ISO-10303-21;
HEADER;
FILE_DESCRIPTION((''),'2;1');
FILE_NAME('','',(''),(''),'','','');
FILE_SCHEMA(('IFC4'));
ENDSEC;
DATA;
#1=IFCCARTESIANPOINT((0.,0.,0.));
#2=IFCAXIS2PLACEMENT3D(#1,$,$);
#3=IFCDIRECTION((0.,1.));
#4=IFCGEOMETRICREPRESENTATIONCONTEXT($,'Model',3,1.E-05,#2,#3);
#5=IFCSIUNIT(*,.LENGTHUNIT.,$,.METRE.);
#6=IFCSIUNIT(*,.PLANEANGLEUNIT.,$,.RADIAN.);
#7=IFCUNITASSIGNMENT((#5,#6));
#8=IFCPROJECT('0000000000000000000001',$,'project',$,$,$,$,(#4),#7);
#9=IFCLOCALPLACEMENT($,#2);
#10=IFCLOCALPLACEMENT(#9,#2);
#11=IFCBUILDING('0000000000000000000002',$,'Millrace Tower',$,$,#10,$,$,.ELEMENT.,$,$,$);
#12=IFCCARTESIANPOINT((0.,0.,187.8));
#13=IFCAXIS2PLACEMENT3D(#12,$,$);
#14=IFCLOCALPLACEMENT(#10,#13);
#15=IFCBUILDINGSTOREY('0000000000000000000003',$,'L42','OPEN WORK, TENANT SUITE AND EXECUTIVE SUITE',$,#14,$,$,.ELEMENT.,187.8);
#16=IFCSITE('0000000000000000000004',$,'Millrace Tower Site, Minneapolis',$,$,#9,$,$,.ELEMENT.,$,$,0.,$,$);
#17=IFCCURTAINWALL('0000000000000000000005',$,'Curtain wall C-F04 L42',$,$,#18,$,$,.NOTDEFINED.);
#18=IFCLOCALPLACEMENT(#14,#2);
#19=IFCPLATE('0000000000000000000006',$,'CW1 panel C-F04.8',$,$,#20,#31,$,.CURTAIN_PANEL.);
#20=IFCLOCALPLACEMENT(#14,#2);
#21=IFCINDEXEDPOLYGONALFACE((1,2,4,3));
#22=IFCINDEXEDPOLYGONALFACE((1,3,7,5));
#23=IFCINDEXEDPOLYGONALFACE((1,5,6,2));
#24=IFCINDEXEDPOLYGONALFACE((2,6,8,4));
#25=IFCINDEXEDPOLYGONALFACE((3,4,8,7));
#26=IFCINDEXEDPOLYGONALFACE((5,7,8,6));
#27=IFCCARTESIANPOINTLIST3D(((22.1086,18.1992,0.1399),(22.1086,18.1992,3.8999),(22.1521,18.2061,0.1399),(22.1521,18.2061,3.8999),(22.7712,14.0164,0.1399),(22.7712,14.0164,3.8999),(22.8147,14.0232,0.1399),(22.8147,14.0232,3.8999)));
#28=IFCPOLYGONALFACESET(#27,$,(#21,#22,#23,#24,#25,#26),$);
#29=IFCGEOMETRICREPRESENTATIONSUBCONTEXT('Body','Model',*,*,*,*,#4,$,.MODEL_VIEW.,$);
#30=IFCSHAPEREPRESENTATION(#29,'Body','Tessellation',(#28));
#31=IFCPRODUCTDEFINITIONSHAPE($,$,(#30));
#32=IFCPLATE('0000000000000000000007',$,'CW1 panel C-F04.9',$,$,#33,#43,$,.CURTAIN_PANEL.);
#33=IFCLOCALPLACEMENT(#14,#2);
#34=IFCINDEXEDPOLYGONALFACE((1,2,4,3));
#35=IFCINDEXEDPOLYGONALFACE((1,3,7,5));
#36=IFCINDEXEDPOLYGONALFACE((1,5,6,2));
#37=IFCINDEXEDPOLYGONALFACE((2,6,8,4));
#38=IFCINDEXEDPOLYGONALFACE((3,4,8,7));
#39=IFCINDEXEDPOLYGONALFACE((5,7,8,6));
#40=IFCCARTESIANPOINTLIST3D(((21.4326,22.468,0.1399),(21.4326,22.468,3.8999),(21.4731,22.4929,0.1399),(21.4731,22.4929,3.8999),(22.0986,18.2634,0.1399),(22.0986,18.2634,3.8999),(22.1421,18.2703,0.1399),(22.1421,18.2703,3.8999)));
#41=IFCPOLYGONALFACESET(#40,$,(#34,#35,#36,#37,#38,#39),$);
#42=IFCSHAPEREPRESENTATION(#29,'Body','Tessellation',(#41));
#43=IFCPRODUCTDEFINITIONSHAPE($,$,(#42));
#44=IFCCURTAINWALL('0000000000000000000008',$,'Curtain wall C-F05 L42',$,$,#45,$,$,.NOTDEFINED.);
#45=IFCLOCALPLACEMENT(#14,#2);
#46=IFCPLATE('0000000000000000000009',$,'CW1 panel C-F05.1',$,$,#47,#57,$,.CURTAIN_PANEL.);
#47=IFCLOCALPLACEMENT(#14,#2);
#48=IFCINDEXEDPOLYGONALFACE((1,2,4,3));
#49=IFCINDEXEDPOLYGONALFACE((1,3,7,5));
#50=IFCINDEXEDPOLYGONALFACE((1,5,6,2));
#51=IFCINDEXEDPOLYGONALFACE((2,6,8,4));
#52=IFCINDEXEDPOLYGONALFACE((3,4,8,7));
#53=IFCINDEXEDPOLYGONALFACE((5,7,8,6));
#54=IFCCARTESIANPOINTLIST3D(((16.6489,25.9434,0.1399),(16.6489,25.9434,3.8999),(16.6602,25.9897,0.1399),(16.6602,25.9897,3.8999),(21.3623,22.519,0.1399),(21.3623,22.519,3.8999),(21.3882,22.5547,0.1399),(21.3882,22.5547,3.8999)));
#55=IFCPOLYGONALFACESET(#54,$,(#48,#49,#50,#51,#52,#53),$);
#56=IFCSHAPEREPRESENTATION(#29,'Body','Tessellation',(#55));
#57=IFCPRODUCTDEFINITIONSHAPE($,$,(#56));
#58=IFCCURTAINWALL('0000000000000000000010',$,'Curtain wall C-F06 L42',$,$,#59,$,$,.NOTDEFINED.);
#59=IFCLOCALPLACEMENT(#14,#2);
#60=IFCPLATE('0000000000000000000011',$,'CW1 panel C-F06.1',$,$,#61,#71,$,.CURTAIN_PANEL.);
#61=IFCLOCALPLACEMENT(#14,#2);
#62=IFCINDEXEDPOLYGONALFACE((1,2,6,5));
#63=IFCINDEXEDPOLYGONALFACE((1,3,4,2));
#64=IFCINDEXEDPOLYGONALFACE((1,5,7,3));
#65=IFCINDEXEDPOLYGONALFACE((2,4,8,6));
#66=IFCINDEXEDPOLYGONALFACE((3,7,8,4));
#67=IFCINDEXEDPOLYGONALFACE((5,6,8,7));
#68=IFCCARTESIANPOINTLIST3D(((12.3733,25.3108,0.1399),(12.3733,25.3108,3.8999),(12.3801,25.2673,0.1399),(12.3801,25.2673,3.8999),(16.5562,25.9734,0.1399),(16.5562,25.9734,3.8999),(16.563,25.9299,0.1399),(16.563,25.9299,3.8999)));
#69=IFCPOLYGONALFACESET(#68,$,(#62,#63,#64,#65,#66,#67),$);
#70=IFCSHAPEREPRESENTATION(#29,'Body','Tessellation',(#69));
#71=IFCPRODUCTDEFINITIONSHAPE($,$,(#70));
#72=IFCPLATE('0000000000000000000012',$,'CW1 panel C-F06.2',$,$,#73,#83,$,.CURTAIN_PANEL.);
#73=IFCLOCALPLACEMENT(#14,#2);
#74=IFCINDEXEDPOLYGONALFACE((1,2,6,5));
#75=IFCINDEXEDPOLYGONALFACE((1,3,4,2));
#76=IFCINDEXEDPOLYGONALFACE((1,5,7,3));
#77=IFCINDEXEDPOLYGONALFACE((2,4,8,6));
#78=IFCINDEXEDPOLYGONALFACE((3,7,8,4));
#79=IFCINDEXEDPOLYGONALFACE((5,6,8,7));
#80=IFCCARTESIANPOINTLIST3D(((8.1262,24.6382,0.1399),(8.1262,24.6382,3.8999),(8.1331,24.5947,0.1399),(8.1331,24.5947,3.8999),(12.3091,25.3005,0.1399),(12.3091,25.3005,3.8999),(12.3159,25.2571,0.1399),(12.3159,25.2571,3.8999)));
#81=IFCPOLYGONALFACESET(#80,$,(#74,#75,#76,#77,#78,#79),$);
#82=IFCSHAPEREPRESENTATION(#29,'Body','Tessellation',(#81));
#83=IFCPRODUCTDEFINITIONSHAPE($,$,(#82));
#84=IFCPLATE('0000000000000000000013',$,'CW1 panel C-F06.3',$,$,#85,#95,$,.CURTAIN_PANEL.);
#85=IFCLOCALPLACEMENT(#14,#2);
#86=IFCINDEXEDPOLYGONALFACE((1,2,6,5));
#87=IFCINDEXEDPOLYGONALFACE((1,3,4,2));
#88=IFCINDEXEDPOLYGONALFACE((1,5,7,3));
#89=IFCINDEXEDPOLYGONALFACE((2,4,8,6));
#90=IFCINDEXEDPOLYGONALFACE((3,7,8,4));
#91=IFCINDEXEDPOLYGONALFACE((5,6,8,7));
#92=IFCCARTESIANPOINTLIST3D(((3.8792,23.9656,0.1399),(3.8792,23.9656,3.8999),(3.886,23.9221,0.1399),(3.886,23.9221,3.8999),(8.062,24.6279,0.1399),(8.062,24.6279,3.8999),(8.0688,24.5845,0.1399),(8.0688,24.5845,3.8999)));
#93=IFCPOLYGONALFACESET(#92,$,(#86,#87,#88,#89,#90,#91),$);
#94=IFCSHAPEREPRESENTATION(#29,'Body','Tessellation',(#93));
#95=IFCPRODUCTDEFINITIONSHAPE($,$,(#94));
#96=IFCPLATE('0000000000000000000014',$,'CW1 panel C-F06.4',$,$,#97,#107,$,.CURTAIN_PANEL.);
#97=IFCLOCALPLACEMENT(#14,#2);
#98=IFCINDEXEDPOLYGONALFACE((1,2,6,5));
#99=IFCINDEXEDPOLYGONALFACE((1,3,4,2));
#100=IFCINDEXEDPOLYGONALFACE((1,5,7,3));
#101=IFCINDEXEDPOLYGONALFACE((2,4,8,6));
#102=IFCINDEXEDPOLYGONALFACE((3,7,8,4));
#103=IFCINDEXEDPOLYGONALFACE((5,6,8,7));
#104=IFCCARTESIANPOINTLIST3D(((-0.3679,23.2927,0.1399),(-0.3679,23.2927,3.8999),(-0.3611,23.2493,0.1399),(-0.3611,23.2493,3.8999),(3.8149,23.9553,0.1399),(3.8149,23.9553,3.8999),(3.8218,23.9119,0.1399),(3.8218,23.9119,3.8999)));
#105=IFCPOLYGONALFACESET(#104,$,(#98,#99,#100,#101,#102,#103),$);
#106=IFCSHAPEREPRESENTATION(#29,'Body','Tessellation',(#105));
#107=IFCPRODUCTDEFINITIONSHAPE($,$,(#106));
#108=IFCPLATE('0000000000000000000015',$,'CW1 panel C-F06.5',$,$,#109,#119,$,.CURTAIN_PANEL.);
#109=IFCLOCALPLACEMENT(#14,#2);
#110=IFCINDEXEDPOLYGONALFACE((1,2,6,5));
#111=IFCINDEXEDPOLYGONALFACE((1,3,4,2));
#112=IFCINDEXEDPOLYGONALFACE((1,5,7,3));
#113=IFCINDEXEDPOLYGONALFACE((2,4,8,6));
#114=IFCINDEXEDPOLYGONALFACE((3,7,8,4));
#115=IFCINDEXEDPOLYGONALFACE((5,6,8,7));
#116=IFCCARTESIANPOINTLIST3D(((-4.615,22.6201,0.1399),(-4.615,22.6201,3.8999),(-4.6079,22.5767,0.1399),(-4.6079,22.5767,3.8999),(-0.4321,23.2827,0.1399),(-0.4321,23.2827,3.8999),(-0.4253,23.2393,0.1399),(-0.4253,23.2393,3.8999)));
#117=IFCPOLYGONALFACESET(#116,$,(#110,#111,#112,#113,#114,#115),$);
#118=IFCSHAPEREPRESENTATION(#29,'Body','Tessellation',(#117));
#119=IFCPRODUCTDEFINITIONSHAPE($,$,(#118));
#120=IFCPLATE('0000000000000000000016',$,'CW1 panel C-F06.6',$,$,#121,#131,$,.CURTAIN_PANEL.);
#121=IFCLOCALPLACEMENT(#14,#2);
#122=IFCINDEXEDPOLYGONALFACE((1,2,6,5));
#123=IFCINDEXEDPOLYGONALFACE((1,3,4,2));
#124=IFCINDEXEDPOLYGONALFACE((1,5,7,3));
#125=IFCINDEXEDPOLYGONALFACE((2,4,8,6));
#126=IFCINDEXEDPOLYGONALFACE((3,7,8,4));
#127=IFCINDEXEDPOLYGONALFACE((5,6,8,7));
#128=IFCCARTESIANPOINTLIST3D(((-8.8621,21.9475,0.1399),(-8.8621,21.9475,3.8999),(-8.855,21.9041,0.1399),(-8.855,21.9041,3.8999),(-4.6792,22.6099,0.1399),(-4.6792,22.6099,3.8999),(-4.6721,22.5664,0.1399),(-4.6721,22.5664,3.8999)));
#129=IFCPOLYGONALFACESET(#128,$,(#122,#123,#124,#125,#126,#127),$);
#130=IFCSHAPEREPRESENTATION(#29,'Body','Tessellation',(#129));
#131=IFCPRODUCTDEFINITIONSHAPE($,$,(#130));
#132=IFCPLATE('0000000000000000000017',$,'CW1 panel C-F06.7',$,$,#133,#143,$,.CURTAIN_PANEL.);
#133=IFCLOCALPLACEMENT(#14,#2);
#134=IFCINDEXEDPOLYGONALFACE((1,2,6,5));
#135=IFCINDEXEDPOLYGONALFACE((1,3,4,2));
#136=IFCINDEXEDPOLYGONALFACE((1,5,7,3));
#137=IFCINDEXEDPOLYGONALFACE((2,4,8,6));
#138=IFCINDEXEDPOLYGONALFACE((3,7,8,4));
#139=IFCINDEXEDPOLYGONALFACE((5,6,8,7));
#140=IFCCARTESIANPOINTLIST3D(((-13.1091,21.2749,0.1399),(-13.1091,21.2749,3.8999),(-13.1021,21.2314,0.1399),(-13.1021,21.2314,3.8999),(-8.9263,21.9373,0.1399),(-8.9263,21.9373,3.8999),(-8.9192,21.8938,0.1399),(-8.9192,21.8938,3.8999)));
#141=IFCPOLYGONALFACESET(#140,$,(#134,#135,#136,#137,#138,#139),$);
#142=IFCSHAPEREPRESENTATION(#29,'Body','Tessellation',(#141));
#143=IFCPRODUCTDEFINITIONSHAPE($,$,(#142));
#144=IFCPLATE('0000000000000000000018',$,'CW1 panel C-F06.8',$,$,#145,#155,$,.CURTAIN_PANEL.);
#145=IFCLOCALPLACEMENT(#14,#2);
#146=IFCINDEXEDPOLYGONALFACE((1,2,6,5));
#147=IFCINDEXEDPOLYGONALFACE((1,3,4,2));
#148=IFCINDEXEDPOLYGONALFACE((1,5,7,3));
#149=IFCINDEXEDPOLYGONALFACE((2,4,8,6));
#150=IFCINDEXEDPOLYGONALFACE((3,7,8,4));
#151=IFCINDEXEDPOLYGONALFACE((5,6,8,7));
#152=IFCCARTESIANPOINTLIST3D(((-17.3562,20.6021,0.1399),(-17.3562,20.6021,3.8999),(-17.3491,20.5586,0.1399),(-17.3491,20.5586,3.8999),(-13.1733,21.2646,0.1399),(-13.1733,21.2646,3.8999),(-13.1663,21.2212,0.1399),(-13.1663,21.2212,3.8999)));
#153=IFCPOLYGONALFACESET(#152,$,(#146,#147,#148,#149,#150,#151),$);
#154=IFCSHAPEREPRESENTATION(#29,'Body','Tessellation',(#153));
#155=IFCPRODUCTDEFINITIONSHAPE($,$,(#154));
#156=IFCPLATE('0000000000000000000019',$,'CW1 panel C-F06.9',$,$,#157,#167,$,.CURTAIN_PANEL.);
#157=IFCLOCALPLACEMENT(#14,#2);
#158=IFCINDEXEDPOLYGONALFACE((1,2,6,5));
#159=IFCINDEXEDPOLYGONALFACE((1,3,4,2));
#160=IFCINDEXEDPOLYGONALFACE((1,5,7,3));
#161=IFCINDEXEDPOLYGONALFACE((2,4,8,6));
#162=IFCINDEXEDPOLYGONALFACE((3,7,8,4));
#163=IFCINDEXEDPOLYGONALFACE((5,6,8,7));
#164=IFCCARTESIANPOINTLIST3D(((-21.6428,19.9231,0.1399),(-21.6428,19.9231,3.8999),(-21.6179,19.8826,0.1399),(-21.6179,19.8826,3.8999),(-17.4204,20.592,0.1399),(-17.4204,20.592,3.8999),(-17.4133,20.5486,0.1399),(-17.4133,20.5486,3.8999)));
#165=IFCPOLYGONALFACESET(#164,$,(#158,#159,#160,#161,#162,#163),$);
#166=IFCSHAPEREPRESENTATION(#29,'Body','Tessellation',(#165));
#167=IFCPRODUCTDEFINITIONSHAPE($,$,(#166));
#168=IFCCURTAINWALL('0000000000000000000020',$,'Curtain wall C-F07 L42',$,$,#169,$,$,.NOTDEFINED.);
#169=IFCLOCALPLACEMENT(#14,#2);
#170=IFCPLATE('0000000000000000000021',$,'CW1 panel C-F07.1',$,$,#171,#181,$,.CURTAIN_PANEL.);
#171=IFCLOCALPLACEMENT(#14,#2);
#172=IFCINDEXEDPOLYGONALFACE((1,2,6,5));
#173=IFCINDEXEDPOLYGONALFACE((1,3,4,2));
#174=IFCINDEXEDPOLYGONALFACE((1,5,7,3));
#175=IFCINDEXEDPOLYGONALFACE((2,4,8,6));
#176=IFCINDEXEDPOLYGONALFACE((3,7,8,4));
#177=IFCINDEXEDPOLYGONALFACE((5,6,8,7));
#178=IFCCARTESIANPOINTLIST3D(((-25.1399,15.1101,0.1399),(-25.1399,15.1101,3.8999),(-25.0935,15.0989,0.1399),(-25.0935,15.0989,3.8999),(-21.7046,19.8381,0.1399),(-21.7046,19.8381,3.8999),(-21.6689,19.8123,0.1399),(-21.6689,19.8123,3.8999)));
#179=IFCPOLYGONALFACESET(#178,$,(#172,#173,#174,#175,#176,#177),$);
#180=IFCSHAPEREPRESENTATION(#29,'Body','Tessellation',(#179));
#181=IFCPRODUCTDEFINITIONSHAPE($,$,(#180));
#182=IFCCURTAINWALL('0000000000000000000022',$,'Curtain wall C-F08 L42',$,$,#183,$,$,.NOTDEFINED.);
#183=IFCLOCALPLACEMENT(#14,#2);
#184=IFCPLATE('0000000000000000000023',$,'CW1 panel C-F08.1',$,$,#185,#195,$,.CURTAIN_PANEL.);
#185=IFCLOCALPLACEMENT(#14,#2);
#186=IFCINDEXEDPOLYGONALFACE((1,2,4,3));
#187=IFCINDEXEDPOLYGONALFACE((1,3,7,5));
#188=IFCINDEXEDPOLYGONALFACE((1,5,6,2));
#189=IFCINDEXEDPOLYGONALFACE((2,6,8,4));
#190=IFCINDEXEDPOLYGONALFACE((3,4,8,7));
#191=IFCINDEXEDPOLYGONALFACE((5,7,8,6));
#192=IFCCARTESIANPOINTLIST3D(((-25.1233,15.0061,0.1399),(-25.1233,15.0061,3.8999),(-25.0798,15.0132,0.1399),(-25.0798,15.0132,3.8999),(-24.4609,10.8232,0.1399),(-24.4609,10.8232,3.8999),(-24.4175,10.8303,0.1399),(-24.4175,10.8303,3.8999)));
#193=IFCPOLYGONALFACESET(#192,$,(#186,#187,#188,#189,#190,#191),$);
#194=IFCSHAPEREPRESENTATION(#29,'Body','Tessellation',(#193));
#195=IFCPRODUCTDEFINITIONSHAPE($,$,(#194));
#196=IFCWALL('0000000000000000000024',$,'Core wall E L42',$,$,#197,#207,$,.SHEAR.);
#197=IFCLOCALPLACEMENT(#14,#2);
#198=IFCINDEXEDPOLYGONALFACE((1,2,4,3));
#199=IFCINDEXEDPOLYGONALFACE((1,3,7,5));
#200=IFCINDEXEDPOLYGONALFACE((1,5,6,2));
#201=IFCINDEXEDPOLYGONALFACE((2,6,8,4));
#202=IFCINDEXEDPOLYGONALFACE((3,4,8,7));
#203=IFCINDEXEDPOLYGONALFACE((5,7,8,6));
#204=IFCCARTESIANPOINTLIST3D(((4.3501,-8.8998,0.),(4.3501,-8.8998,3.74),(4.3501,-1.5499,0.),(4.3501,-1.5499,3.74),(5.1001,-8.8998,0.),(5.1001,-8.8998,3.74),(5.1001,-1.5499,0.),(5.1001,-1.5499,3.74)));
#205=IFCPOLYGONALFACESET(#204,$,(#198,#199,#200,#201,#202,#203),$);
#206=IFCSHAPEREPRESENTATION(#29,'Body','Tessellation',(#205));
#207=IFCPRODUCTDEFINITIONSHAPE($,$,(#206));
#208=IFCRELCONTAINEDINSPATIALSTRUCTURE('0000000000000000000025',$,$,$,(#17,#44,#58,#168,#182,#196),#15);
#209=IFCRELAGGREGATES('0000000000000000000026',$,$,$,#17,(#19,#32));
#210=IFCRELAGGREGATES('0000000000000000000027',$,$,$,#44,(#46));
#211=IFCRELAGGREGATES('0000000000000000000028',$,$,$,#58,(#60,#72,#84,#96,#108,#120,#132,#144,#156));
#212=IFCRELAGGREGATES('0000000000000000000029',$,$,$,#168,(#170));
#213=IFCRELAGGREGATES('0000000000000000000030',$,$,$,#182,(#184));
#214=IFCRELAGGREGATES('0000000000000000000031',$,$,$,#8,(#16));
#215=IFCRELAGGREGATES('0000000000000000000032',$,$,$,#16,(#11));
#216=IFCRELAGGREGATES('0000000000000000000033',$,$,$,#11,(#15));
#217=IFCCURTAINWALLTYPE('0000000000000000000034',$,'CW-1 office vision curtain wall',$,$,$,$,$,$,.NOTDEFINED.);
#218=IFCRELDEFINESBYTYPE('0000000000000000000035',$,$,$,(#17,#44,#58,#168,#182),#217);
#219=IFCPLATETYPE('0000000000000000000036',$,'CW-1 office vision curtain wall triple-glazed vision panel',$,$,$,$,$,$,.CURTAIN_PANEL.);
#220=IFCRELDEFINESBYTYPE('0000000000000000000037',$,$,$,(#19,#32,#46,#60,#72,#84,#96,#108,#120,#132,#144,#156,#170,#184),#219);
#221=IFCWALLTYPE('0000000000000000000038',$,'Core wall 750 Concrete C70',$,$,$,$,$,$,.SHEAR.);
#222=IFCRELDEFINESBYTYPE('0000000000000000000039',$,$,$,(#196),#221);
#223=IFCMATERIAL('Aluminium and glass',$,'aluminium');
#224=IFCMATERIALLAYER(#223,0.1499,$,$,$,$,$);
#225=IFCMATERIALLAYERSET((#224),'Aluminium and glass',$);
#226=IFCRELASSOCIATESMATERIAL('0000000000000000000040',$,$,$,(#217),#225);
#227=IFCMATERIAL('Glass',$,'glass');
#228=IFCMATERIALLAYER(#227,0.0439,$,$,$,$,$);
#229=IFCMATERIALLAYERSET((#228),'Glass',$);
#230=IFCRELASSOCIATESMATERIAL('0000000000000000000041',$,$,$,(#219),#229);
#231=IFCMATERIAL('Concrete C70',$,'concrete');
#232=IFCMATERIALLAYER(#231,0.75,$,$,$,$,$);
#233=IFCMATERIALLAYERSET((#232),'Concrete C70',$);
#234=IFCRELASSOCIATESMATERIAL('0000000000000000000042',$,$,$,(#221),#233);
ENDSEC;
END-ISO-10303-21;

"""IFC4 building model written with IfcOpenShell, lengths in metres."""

from ifc_helpers import new_model, si_unit, direction, frame, frame_2d, origin, place, context, subcontext, project, spatial, polyline, rectangle, outline, extrude, material, layer, layer_set, type_object, element, aggregate, save


model = new_model("IFC4")

# Units and contexts
model_context = context("Model", 3, precision=1e-05, world=origin(), true_north=direction((0.0, 1.0)))
body_context = subcontext(model_context, "Body", "Model", "MODEL_VIEW")
ifc_project = project(units=[si_unit("LENGTHUNIT", "METRE"), si_unit("PLANEANGLEUNIT", "RADIAN")], contexts=[model_context])

# Site, building, storey
site_placement = place(None, origin())
site = spatial("IfcSite", under=ifc_project, at=site_placement, Name="Millrace Tower Site, Minneapolis", CompositionType="ELEMENT", RefElevation=0.0)
building_placement = place(site_placement, origin())
building = spatial("IfcBuilding", under=site, at=building_placement, Name="Millrace Tower", CompositionType="ELEMENT")
storey_placement = place(building_placement, frame((0.0, 0.0, 187.8)))
storey = spatial("IfcBuildingStorey", under=building, at=storey_placement, Name="L42", Description="OPEN WORK, TENANT SUITE AND EXECUTIVE SUITE", CompositionType="ELEMENT", Elevation=187.8)

# Curtain wall, plates
ifc_material_1 = material(Name="Aluminium and glass", Category="aluminium")
ifc_layer_1 = layer(ifc_material_1, 0.1499)
ifc_layer_set_1 = layer_set([ifc_layer_1], Name="Aluminium and glass")
curtain_wall_type = type_object("IfcCurtainWallType", Name="CW-1 office vision curtain wall", PredefinedType="NOTDEFINED", material=ifc_layer_set_1)
placement_1 = place(storey_placement, origin())
curtain_wall_1 = element("IfcCurtainWall", 1, at=placement_1, inside=storey, type_object=curtain_wall_type, Name="Curtain wall C-F04 L42", PredefinedType="NOTDEFINED")
ifc_material_2 = material(Name="Glass", Category="glass")
ifc_layer_2 = layer(ifc_material_2, 0.0439)
ifc_layer_set_2 = layer_set([ifc_layer_2], Name="Glass")
plate_type = type_object("IfcPlateType", Name="CW-1 office vision curtain wall triple-glazed vision panel", PredefinedType="CURTAIN_PANEL", material=ifc_layer_set_2)
placement_2 = place(storey_placement, frame((0.0, 0.0, 0.1399)))
plate_1 = element("IfcPlate", 2, at=placement_2, type_object=plate_type, Name="CW1 panel C-F04.8", PredefinedType="CURTAIN_PANEL", context=body_context, shape_type="SweptSolid", body=[
    extrude(outline(polyline([(22.8147, 14.0232), (22.1521, 18.2061), (22.1086, 18.1992), (22.7712, 14.0164), (22.8147, 14.0232)])), origin(), (0.0, 0.0, 1.0), 3.76),
])
plate_2 = element("IfcPlate", 3, at=placement_2, type_object=plate_type, Name="CW1 panel C-F04.9", PredefinedType="CURTAIN_PANEL", context=body_context, shape_type="SweptSolid", body=[
    extrude(outline(polyline([(22.1421, 18.2703), (21.4731, 22.4929), (21.4326, 22.468), (22.0986, 18.2634), (22.1421, 18.2703)])), origin(), (0.0, 0.0, 1.0), 3.76),
])
aggregate(curtain_wall_1, [plate_1, plate_2])

# Curtain wall, plate
curtain_wall_2 = element("IfcCurtainWall", 4, at=placement_1, inside=storey, type_object=curtain_wall_type, Name="Curtain wall C-F05 L42", PredefinedType="NOTDEFINED")
plate_3 = element("IfcPlate", 5, at=placement_2, type_object=plate_type, Name="CW1 panel C-F05.1", PredefinedType="CURTAIN_PANEL", context=body_context, shape_type="SweptSolid", body=[
    extrude(outline(polyline([(21.3882, 22.5547), (16.6602, 25.9897), (16.6489, 25.9434), (21.3623, 22.519), (21.3882, 22.5547)])), origin(), (0.0, 0.0, 1.0), 3.76),
])
aggregate(curtain_wall_2, [plate_3])

# Curtain wall, plates
curtain_wall_3 = element("IfcCurtainWall", 6, at=placement_1, inside=storey, type_object=curtain_wall_type, Name="Curtain wall C-F06 L42", PredefinedType="NOTDEFINED")
plate_4 = element("IfcPlate", 7, at=placement_2, type_object=plate_type, Name="CW1 panel C-F06.1", PredefinedType="CURTAIN_PANEL", context=body_context, shape_type="SweptSolid", body=[
    extrude(outline(polyline([(16.5562, 25.9734), (12.3733, 25.3108), (12.3801, 25.2673), (16.563, 25.9299), (16.5562, 25.9734)])), origin(), (0.0, 0.0, 1.0), 3.76),
])
plate_5 = element("IfcPlate", 8, at=placement_2, type_object=plate_type, Name="CW1 panel C-F06.2", PredefinedType="CURTAIN_PANEL", context=body_context, shape_type="SweptSolid", body=[
    extrude(outline(polyline([(12.3091, 25.3005), (8.1262, 24.6382), (8.1331, 24.5947), (12.3159, 25.2571), (12.3091, 25.3005)])), origin(), (0.0, 0.0, 1.0), 3.76),
])
plate_6 = element("IfcPlate", 9, at=placement_2, type_object=plate_type, Name="CW1 panel C-F06.3", PredefinedType="CURTAIN_PANEL", context=body_context, shape_type="SweptSolid", body=[
    extrude(outline(polyline([(8.062, 24.6279), (3.8792, 23.9656), (3.886, 23.9221), (8.0688, 24.5845), (8.062, 24.6279)])), origin(), (0.0, 0.0, 1.0), 3.76),
])
plate_7 = element("IfcPlate", 10, at=placement_2, type_object=plate_type, Name="CW1 panel C-F06.4", PredefinedType="CURTAIN_PANEL", context=body_context, shape_type="SweptSolid", body=[
    extrude(outline(polyline([(3.8149, 23.9553), (-0.3679, 23.2927), (-0.3611, 23.2493), (3.8218, 23.9119), (3.8149, 23.9553)])), origin(), (0.0, 0.0, 1.0), 3.76),
])
plate_8 = element("IfcPlate", 11, at=placement_2, type_object=plate_type, Name="CW1 panel C-F06.5", PredefinedType="CURTAIN_PANEL", context=body_context, shape_type="SweptSolid", body=[
    extrude(outline(polyline([(-0.4321, 23.2827), (-4.615, 22.6201), (-4.6079, 22.5767), (-0.4253, 23.2393), (-0.4321, 23.2827)])), origin(), (0.0, 0.0, 1.0), 3.76),
])
plate_9 = element("IfcPlate", 12, at=placement_2, type_object=plate_type, Name="CW1 panel C-F06.6", PredefinedType="CURTAIN_PANEL", context=body_context, shape_type="SweptSolid", body=[
    extrude(outline(polyline([(-4.6792, 22.6099), (-8.8621, 21.9475), (-8.855, 21.9041), (-4.6721, 22.5664), (-4.6792, 22.6099)])), origin(), (0.0, 0.0, 1.0), 3.76),
])
plate_10 = element("IfcPlate", 13, at=placement_2, type_object=plate_type, Name="CW1 panel C-F06.7", PredefinedType="CURTAIN_PANEL", context=body_context, shape_type="SweptSolid", body=[
    extrude(outline(polyline([(-8.9263, 21.9373), (-13.1091, 21.2749), (-13.1021, 21.2314), (-8.9192, 21.8938), (-8.9263, 21.9373)])), origin(), (0.0, 0.0, 1.0), 3.76),
])
plate_11 = element("IfcPlate", 14, at=placement_2, type_object=plate_type, Name="CW1 panel C-F06.8", PredefinedType="CURTAIN_PANEL", context=body_context, shape_type="SweptSolid", body=[
    extrude(outline(polyline([(-13.1733, 21.2646), (-17.3562, 20.6021), (-17.3491, 20.5586), (-13.1663, 21.2212), (-13.1733, 21.2646)])), origin(), (0.0, 0.0, 1.0), 3.76),
])
plate_12 = element("IfcPlate", 15, at=placement_2, type_object=plate_type, Name="CW1 panel C-F06.9", PredefinedType="CURTAIN_PANEL", context=body_context, shape_type="SweptSolid", body=[
    extrude(outline(polyline([(-17.4204, 20.592), (-21.6428, 19.9231), (-21.6179, 19.8826), (-17.4133, 20.5486), (-17.4204, 20.592)])), origin(), (0.0, 0.0, 1.0), 3.76),
])
aggregate(curtain_wall_3, [plate_4, plate_5, plate_6, plate_7, plate_8, plate_9, plate_10, plate_11, plate_12])

# Curtain walls, plates
curtain_wall_4 = element("IfcCurtainWall", 16, at=placement_1, inside=storey, type_object=curtain_wall_type, Name="Curtain wall C-F07 L42", PredefinedType="NOTDEFINED")
plate_13 = element("IfcPlate", 17, at=placement_2, type_object=plate_type, Name="CW1 panel C-F07.1", PredefinedType="CURTAIN_PANEL", context=body_context, shape_type="SweptSolid", body=[
    extrude(outline(polyline([(-21.7046, 19.8381), (-25.1399, 15.1101), (-25.0935, 15.0989), (-21.6689, 19.8123), (-21.7046, 19.8381)])), origin(), (0.0, 0.0, 1.0), 3.76),
])
aggregate(curtain_wall_4, [plate_13])
curtain_wall_5 = element("IfcCurtainWall", 18, at=placement_1, inside=storey, type_object=curtain_wall_type, Name="Curtain wall C-F08 L42", PredefinedType="NOTDEFINED")
plate_14 = element("IfcPlate", 19, at=placement_2, type_object=plate_type, Name="CW1 panel C-F08.1", PredefinedType="CURTAIN_PANEL", context=body_context, shape_type="SweptSolid", body=[
    extrude(outline(polyline([(-25.1233, 15.0061), (-24.4609, 10.8232), (-24.4175, 10.8303), (-25.0798, 15.0132), (-25.1233, 15.0061)])), origin(), (0.0, 0.0, 1.0), 3.76),
])
aggregate(curtain_wall_5, [plate_14])

# Wall
ifc_material_3 = material(Name="Concrete C70", Category="concrete")
ifc_layer_3 = layer(ifc_material_3, 0.75)
ifc_layer_set_3 = layer_set([ifc_layer_3], Name="Concrete C70")
wall_type_1 = type_object("IfcWallType", Name="Core wall 750 Concrete C70", PredefinedType="SHEAR", material=ifc_layer_set_3)
wall_1_placement = place(storey_placement, frame((4.7251, -1.55, 0.0), z_axis=(0.0, 0.0, 1.0), x_axis=(0.0, -1.0, 0.0)))
element("IfcWall", 20, at=wall_1_placement, inside=storey, type_object=wall_type_1, Name="Core wall E L42", PredefinedType="SHEAR", context=body_context, shape_type="SweptSolid", body=[
    extrude(rectangle(XDim=7.3499, YDim=0.75, at=frame_2d((3.6748, 0.0))), origin(), (0.0, 0.0, 1.0), 3.74),
])

save(model, "model.ifc")
